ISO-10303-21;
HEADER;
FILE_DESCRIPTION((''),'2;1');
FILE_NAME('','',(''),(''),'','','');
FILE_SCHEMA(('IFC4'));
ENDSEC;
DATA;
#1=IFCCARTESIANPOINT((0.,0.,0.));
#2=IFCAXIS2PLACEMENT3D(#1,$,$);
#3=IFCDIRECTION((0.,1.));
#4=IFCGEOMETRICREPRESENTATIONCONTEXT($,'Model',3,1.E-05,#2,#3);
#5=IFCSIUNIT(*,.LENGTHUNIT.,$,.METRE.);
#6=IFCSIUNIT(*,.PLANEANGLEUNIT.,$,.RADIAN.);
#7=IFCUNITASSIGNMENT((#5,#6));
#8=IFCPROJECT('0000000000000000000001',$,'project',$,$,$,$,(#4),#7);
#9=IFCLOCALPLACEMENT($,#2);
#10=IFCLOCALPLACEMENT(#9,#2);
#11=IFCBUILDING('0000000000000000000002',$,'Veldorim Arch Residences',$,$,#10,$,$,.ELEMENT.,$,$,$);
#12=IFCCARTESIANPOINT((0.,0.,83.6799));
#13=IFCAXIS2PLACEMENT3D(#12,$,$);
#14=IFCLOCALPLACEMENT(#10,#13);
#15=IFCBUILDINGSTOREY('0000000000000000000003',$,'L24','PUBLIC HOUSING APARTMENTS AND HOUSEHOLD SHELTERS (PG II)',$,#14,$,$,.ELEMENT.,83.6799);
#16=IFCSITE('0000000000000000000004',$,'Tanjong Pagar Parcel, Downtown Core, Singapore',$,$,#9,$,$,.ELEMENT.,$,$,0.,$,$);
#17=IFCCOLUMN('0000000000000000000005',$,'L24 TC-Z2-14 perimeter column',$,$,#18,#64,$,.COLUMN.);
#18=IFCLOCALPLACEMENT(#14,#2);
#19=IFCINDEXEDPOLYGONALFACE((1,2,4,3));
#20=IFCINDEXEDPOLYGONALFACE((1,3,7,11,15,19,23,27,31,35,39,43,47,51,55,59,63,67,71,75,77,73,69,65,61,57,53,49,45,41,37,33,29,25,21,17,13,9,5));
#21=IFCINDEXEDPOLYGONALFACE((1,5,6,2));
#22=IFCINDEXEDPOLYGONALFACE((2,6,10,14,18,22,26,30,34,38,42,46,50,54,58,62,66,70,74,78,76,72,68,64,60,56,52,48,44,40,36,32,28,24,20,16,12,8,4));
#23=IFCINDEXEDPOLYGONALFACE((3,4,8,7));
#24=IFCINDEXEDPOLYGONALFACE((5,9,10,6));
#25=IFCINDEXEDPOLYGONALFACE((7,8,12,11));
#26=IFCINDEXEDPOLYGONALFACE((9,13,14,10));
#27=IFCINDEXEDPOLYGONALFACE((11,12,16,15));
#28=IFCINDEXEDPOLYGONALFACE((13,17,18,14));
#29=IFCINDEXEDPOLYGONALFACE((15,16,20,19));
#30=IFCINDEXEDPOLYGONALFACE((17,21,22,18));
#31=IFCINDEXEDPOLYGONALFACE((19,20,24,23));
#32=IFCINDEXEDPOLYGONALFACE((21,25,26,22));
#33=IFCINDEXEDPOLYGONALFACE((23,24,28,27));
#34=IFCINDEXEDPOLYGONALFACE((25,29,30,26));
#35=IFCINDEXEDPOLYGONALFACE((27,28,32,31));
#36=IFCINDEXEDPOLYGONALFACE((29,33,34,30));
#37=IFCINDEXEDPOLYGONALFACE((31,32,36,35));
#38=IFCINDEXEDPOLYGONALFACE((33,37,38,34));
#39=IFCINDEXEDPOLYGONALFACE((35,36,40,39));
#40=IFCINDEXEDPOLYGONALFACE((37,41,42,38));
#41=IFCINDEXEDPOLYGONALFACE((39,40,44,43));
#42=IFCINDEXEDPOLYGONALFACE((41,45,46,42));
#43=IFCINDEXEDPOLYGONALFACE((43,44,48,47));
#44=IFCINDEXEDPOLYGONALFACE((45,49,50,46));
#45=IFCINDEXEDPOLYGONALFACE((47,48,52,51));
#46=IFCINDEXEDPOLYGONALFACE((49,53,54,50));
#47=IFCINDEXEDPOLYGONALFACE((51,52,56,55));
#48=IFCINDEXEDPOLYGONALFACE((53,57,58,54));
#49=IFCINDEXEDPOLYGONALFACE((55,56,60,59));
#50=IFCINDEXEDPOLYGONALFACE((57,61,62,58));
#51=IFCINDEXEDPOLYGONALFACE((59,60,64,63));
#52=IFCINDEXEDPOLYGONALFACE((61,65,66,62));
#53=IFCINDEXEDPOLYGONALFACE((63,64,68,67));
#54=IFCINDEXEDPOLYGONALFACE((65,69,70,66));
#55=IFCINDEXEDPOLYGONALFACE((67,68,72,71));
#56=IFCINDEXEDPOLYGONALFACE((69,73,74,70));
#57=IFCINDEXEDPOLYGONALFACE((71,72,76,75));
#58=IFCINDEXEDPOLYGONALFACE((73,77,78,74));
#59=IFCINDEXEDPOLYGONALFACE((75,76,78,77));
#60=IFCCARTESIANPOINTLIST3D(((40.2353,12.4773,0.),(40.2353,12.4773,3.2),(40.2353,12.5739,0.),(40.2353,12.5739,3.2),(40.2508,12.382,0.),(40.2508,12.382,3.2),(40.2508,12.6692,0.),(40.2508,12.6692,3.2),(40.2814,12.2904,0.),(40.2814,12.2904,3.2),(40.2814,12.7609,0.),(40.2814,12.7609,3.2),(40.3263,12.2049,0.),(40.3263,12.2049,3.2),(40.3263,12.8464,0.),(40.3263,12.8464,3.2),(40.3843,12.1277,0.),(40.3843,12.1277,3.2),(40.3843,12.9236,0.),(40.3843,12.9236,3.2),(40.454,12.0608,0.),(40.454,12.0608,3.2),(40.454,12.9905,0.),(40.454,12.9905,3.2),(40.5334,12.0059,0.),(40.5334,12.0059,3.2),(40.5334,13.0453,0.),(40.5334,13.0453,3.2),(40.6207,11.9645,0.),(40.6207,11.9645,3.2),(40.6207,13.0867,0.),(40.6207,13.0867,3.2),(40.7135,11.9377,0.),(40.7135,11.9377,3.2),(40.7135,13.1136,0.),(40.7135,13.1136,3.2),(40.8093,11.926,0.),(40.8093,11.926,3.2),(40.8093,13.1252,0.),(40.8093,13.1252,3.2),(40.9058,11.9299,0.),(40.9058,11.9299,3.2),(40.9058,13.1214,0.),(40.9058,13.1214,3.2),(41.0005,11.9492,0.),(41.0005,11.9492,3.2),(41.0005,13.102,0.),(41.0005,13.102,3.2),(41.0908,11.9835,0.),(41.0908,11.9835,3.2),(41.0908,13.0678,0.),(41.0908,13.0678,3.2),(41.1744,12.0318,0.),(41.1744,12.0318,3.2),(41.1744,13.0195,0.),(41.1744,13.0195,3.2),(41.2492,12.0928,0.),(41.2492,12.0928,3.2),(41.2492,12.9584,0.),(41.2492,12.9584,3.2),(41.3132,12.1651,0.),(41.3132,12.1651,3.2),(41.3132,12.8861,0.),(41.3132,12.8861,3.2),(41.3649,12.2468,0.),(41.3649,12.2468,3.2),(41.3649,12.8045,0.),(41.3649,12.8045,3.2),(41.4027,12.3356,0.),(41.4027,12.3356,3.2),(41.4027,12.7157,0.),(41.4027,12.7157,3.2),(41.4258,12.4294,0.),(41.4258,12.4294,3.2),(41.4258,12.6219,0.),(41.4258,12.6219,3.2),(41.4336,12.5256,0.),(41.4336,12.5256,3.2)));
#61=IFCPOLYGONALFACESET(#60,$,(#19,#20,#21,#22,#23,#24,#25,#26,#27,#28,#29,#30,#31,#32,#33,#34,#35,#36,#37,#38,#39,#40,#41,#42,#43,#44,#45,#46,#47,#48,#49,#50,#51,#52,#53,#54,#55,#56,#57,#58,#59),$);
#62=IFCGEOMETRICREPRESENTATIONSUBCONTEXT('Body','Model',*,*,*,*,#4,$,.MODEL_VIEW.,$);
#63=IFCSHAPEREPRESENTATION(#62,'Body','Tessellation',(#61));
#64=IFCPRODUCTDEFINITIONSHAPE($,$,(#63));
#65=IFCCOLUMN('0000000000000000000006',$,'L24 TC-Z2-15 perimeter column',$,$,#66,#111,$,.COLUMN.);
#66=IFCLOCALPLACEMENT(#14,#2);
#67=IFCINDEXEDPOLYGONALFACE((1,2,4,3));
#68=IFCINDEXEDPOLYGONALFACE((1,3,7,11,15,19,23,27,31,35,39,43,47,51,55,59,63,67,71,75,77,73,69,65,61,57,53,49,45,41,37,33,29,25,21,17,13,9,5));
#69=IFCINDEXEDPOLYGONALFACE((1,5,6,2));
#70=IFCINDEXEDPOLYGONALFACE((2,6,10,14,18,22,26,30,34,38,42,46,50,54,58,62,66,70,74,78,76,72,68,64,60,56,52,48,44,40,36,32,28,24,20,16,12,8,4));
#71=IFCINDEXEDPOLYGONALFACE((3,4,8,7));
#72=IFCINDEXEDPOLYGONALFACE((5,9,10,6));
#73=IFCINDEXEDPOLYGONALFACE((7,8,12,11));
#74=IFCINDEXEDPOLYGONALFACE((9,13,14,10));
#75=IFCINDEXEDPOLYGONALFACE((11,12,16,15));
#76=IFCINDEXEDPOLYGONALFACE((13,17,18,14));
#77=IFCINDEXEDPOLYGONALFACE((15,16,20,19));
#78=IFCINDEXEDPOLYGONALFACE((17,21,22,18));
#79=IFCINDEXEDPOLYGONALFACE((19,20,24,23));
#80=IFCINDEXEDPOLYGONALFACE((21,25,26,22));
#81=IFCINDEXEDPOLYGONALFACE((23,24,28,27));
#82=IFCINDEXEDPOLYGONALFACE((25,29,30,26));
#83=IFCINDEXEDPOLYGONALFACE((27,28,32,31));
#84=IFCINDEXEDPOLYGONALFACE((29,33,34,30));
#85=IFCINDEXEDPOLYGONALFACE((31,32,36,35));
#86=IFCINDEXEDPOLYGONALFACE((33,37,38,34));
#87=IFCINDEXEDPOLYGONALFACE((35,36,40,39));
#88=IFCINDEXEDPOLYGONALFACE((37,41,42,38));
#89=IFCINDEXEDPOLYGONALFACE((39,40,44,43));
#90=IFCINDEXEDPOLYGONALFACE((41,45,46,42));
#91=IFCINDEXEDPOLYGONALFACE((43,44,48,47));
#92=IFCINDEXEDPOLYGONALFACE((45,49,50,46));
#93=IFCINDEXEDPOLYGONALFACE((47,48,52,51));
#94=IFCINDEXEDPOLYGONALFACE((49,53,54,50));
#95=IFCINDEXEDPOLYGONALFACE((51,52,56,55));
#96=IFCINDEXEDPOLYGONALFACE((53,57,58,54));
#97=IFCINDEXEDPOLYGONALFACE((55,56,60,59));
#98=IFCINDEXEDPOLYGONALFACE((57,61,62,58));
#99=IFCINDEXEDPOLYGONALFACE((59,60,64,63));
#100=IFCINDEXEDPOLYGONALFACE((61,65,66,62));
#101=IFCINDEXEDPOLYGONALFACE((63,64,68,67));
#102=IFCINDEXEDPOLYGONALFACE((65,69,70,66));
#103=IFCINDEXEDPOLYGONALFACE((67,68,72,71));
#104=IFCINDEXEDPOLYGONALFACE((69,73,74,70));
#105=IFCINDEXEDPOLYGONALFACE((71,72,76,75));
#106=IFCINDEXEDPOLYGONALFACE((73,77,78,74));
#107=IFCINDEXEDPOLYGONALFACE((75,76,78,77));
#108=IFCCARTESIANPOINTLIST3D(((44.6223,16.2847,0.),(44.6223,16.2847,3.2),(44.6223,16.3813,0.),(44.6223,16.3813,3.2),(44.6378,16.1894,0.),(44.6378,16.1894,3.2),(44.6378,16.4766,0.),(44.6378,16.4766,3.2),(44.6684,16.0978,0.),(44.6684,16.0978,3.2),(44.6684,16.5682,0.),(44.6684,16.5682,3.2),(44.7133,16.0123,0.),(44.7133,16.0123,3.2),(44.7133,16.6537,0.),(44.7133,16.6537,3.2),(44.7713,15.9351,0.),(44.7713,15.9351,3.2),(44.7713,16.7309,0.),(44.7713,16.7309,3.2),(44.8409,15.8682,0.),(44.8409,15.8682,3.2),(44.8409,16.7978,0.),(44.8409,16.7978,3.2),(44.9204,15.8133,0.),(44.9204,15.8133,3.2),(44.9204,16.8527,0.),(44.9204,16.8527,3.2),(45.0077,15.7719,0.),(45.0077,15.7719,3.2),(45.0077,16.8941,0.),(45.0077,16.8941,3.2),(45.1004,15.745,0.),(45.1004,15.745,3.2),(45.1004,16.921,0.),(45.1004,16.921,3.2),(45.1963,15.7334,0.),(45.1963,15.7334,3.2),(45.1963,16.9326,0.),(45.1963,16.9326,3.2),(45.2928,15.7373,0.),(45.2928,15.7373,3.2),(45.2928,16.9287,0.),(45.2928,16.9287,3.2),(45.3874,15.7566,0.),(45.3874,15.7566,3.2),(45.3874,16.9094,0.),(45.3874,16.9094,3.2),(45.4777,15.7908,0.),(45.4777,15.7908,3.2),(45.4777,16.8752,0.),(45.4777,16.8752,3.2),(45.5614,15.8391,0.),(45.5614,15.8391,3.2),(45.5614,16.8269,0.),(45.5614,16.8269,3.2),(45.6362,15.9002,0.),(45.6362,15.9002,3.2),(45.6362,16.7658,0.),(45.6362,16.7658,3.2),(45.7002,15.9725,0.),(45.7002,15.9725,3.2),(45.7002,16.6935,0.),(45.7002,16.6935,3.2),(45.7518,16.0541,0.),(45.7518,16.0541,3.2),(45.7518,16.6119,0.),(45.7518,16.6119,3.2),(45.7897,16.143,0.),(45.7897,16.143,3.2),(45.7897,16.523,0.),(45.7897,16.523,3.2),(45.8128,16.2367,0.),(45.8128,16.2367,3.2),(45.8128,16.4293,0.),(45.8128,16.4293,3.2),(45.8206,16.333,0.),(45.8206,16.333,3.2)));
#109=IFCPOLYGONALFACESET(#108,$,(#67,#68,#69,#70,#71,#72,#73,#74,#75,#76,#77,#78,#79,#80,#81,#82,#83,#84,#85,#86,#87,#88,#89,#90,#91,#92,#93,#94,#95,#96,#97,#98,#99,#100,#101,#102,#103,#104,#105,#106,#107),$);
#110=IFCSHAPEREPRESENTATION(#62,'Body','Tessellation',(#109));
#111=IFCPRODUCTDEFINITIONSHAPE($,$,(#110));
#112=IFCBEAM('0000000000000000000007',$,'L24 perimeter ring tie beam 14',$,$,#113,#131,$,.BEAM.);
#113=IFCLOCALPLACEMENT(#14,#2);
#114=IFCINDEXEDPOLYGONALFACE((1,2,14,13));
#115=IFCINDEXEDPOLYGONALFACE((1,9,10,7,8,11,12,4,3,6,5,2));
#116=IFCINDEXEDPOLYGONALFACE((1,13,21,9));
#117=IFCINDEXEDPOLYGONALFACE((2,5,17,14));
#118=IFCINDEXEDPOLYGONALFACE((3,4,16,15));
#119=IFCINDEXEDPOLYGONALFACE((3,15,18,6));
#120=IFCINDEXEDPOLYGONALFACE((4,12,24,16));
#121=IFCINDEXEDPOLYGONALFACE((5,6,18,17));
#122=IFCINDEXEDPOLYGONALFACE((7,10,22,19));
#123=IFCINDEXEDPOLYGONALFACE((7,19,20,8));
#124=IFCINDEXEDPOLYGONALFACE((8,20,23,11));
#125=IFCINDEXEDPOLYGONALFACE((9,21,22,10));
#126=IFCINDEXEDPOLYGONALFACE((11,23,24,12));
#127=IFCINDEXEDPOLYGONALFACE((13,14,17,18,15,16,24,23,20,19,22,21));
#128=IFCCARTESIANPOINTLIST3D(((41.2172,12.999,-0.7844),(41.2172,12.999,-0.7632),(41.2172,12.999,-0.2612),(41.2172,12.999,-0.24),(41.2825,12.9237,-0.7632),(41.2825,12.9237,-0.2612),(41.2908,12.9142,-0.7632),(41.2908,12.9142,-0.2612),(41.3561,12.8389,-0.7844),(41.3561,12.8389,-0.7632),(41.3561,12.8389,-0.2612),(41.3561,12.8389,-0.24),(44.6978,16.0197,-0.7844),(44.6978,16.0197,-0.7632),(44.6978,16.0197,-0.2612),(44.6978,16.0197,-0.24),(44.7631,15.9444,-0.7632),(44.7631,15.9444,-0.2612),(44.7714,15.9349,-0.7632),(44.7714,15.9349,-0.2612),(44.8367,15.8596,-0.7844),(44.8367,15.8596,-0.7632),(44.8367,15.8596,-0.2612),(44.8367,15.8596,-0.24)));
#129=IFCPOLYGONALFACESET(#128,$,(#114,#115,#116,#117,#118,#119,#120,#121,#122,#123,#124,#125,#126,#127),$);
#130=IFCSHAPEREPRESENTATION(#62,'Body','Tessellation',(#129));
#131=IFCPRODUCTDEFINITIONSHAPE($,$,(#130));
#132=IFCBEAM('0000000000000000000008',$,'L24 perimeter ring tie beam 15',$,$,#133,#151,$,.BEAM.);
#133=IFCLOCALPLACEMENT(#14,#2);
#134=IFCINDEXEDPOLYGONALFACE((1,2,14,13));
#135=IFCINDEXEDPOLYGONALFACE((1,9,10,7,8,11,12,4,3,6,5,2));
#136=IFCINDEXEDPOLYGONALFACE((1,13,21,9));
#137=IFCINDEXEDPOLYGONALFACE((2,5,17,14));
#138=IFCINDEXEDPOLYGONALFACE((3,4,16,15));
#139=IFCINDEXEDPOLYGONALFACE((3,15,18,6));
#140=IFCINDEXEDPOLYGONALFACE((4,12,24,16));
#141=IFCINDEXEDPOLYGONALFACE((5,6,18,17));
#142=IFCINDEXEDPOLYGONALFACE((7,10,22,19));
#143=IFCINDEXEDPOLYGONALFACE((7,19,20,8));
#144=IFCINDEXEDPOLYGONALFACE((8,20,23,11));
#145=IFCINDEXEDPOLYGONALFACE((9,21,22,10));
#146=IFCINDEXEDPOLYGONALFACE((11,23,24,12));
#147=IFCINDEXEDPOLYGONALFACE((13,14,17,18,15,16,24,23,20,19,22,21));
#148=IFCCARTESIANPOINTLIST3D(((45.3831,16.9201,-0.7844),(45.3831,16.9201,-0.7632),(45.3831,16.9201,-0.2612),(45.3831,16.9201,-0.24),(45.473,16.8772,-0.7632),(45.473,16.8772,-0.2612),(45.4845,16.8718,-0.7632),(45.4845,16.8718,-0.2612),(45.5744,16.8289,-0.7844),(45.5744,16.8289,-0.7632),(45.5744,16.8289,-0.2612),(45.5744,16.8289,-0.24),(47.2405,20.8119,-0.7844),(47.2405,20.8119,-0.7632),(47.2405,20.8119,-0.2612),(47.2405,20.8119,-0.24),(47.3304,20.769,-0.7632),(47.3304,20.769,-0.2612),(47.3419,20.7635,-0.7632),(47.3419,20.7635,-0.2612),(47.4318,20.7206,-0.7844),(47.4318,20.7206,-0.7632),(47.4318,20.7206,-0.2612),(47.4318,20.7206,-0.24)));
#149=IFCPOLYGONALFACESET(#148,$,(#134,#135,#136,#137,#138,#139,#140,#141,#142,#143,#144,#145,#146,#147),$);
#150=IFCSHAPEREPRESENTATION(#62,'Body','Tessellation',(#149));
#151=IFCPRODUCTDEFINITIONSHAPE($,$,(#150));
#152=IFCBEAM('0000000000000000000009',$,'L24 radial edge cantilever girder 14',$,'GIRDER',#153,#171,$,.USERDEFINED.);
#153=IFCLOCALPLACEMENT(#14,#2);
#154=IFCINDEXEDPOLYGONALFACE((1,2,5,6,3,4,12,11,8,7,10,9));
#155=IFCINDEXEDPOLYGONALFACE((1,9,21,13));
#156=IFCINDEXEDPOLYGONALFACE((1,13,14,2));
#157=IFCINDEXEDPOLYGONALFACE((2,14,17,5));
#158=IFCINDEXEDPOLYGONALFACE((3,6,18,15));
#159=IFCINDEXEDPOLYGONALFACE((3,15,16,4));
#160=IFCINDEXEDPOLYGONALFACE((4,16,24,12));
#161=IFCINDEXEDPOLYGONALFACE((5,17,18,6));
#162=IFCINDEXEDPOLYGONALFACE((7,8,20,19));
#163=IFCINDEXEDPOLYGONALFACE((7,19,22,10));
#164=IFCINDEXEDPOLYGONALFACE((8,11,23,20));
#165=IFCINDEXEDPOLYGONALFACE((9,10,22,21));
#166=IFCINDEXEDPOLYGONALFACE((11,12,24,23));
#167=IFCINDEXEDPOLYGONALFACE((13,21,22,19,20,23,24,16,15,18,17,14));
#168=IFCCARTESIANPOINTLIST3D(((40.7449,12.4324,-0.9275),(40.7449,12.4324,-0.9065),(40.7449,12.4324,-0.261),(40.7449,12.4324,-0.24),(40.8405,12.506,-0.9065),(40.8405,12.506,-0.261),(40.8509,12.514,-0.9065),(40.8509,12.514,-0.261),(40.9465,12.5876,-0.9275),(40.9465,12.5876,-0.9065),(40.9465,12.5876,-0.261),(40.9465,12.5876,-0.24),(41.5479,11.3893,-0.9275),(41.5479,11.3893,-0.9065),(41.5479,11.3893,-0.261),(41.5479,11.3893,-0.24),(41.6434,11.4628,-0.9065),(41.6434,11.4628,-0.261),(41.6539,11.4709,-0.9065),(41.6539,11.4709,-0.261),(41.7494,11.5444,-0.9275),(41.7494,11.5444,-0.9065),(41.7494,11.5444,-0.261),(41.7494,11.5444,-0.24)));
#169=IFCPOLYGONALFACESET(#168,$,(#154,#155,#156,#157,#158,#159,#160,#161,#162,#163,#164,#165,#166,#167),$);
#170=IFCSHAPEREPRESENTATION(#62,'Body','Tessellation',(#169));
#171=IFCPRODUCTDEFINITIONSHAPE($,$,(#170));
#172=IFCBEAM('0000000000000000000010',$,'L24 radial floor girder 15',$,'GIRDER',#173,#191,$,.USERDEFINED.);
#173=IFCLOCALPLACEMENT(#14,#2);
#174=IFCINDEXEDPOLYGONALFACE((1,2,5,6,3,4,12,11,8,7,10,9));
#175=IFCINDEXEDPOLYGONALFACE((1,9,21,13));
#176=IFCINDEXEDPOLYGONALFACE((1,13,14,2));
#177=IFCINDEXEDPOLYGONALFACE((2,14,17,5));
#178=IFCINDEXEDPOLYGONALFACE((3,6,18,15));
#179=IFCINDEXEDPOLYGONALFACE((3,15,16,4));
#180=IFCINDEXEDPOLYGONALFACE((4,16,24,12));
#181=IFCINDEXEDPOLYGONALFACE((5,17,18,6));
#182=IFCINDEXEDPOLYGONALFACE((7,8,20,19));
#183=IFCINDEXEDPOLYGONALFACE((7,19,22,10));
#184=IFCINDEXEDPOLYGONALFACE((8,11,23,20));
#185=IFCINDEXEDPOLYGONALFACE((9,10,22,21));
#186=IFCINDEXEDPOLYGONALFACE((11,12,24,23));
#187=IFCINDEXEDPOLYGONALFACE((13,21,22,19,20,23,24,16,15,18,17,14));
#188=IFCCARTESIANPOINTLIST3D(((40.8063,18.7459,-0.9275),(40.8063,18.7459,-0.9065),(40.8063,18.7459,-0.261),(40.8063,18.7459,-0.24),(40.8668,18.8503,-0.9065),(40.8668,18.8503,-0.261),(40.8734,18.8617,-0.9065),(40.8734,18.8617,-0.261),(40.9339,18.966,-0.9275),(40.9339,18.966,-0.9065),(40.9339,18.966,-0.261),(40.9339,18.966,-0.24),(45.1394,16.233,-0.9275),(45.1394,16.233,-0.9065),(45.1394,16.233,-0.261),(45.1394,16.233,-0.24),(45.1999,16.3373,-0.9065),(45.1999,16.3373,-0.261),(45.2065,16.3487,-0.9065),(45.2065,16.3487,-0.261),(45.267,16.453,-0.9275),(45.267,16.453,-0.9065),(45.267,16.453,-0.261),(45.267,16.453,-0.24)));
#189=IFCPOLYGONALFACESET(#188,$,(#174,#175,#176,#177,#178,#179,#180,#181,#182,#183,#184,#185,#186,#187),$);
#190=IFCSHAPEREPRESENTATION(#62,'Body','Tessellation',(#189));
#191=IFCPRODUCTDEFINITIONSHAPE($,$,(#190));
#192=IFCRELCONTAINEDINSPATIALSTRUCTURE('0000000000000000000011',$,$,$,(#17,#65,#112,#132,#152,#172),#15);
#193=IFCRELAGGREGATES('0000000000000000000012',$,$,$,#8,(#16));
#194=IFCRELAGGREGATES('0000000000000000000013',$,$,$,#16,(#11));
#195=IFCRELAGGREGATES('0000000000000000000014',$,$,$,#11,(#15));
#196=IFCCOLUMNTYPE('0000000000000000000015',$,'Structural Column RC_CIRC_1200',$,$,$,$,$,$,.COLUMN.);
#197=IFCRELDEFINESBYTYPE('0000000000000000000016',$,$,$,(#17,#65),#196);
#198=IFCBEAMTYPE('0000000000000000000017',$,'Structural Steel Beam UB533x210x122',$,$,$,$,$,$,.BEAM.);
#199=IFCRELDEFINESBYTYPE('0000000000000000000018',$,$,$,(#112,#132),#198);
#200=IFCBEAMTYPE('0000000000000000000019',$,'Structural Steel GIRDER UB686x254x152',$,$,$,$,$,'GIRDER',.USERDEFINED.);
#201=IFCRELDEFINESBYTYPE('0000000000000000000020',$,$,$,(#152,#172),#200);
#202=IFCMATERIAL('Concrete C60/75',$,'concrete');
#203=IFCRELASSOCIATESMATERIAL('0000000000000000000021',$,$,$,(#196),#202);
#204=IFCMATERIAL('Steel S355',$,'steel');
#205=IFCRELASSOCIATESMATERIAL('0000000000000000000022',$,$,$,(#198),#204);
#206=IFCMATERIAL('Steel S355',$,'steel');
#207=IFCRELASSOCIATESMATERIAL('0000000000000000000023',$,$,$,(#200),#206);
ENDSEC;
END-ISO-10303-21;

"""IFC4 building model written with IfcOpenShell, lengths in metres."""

from ifc_helpers import new_model, si_unit, direction, frame, origin, origin_2d, place, context, subcontext, project, spatial, circle, i_section, extrude, material, material_profile, profile_set, type_object, element, save


model = new_model("IFC4")

# Units and contexts
model_context = context("Model", 3, precision=1e-05, world=origin(), true_north=direction((0.0, 1.0)))
body_context = subcontext(model_context, "Body", "Model", "MODEL_VIEW")
ifc_project = project(units=[si_unit("LENGTHUNIT", "METRE"), si_unit("PLANEANGLEUNIT", "RADIAN")], contexts=[model_context])

# Site, building, storey
site_placement = place(None, origin())
site = spatial("IfcSite", under=ifc_project, at=site_placement, Name="Tanjong Pagar Parcel, Downtown Core, Singapore", CompositionType="ELEMENT", RefElevation=0.0)
building_placement = place(site_placement, origin())
building = spatial("IfcBuilding", under=site, at=building_placement, Name="Veldorim Arch Residences", CompositionType="ELEMENT")
storey_placement = place(building_placement, frame((0.0, 0.0, 83.6799)))
storey = spatial("IfcBuildingStorey", under=building, at=storey_placement, Name="L24", Description="PUBLIC HOUSING APARTMENTS AND HOUSEHOLD SHELTERS (PG II)", CompositionType="ELEMENT", Elevation=83.6799)

# Columns
ifc_material_1 = material(Name="Concrete C60/75", Category="concrete")
ifc_material_profile_1 = material_profile(ifc_material_1, circle(Radius=0.6001, at=origin_2d()), Name="RC_CIRC_1200")
ifc_profile_set_1 = profile_set([ifc_material_profile_1], Name="Concrete C60/75")
column_type = type_object("IfcColumnType", Name="Structural Column RC_CIRC_1200", PredefinedType="COLUMN", material=ifc_profile_set_1)
for number, where, z_axis, x_axis, name in (
    (1, (40.8335, 12.5256, 0.0), (0.0, 0.0, 1.0), (1.0, 0.0, 0.0), "L24 TC-Z2-14 perimeter column"),
    (2, (45.2205, 16.333, 0.0), (0.0, 0.0, 1.0), (1.0, 0.0, 0.0), "L24 TC-Z2-15 perimeter column"),
):
    element("IfcColumn", number, at=place(storey_placement, frame(where, z_axis=z_axis, x_axis=x_axis)), inside=storey, type_object=column_type, Name=name, PredefinedType="COLUMN", context=body_context, shape_type="SweptSolid", body=[
        extrude(circle(Radius=0.6001, at=origin_2d()), origin(), (0.0, 0.0, 1.0), 3.2),
    ])

# Beams
ifc_material_2 = material(Name="Steel S355", Category="steel")
ifc_material_profile_2 = material_profile(ifc_material_2, i_section(OverallWidth=0.2119, OverallDepth=0.5444, WebThickness=0.0127, FlangeThickness=0.0212, at=origin_2d()), Name="UB533x210x122")
ifc_profile_set_2 = profile_set([ifc_material_profile_2], Name="Steel S355")
beam_type_1 = type_object("IfcBeamType", Name="Structural Steel Beam UB533x210x122", PredefinedType="BEAM", material=ifc_profile_set_2)
beam_1_placement = place(storey_placement, frame((41.2866, 12.9189, -0.5122), z_axis=(0.755245, 0.655443, 0.0), x_axis=(-0.655443, 0.755245, 0.0)))
element("IfcBeam", 3, at=beam_1_placement, inside=storey, type_object=beam_type_1, Name="L24 perimeter ring tie beam 14", PredefinedType="BEAM", context=body_context, shape_type="SweptSolid", body=[
    extrude(i_section(OverallWidth=0.2119, OverallDepth=0.5444, WebThickness=0.0127, FlangeThickness=0.0212, at=origin_2d()), origin(), (0.0, 0.0, 1.0), 4.6086),
])
beam_2_placement = place(storey_placement, frame((45.4788, 16.8745, -0.5122), z_axis=(0.43072, 0.902486, 0.0), x_axis=(-0.902486, 0.43072, 0.0)))
element("IfcBeam", 4, at=beam_2_placement, inside=storey, type_object=beam_type_1, Name="L24 perimeter ring tie beam 15", PredefinedType="BEAM", context=body_context, shape_type="SweptSolid", body=[
    extrude(i_section(OverallWidth=0.2119, OverallDepth=0.5444, WebThickness=0.0127, FlangeThickness=0.0212, at=origin_2d()), origin(), (0.0, 0.0, 1.0), 4.3123),
])
ifc_material_3 = material(Name="Steel S355", Category="steel")
ifc_material_profile_3 = material_profile(ifc_material_3, i_section(OverallWidth=0.2544, OverallDepth=0.6875, WebThickness=0.0132, FlangeThickness=0.021, at=origin_2d()), Name="UB686x254x152")
ifc_profile_set_3 = profile_set([ifc_material_profile_3], Name="Steel S355")
beam_type_2 = type_object("IfcBeamType", Name="Structural Steel GIRDER UB686x254x152", ElementType="GIRDER", PredefinedType="USERDEFINED", material=ifc_profile_set_3)
beam_3_placement = place(storey_placement, frame((40.8457, 12.51, -0.5837), z_axis=(0.609953, -0.792438, 0.0), x_axis=(0.792438, 0.609953, 0.0)))
element("IfcBeam", 5, at=beam_3_placement, inside=storey, type_object=beam_type_2, Name="L24 radial edge cantilever girder 14", ObjectType="GIRDER", PredefinedType="USERDEFINED", context=body_context, shape_type="SweptSolid", body=[
    extrude(i_section(OverallWidth=0.2544, OverallDepth=0.6875, WebThickness=0.0132, FlangeThickness=0.021, at=origin_2d()), origin(), (0.0, 0.0, 1.0), 1.3164),
])
beam_4_placement = place(storey_placement, frame((40.8701, 18.856, -0.5837), z_axis=(0.865049, -0.501687, 0.0), x_axis=(0.501687, 0.865049, 0.0)))
element("IfcBeam", 6, at=beam_4_placement, inside=storey, type_object=beam_type_2, Name="L24 radial floor girder 15", ObjectType="GIRDER", PredefinedType="USERDEFINED", context=body_context, shape_type="SweptSolid", body=[
    extrude(i_section(OverallWidth=0.2544, OverallDepth=0.6875, WebThickness=0.0132, FlangeThickness=0.021, at=origin_2d()), origin(), (0.0, 0.0, 1.0), 5.009),
])

save(model, "model.ifc")
